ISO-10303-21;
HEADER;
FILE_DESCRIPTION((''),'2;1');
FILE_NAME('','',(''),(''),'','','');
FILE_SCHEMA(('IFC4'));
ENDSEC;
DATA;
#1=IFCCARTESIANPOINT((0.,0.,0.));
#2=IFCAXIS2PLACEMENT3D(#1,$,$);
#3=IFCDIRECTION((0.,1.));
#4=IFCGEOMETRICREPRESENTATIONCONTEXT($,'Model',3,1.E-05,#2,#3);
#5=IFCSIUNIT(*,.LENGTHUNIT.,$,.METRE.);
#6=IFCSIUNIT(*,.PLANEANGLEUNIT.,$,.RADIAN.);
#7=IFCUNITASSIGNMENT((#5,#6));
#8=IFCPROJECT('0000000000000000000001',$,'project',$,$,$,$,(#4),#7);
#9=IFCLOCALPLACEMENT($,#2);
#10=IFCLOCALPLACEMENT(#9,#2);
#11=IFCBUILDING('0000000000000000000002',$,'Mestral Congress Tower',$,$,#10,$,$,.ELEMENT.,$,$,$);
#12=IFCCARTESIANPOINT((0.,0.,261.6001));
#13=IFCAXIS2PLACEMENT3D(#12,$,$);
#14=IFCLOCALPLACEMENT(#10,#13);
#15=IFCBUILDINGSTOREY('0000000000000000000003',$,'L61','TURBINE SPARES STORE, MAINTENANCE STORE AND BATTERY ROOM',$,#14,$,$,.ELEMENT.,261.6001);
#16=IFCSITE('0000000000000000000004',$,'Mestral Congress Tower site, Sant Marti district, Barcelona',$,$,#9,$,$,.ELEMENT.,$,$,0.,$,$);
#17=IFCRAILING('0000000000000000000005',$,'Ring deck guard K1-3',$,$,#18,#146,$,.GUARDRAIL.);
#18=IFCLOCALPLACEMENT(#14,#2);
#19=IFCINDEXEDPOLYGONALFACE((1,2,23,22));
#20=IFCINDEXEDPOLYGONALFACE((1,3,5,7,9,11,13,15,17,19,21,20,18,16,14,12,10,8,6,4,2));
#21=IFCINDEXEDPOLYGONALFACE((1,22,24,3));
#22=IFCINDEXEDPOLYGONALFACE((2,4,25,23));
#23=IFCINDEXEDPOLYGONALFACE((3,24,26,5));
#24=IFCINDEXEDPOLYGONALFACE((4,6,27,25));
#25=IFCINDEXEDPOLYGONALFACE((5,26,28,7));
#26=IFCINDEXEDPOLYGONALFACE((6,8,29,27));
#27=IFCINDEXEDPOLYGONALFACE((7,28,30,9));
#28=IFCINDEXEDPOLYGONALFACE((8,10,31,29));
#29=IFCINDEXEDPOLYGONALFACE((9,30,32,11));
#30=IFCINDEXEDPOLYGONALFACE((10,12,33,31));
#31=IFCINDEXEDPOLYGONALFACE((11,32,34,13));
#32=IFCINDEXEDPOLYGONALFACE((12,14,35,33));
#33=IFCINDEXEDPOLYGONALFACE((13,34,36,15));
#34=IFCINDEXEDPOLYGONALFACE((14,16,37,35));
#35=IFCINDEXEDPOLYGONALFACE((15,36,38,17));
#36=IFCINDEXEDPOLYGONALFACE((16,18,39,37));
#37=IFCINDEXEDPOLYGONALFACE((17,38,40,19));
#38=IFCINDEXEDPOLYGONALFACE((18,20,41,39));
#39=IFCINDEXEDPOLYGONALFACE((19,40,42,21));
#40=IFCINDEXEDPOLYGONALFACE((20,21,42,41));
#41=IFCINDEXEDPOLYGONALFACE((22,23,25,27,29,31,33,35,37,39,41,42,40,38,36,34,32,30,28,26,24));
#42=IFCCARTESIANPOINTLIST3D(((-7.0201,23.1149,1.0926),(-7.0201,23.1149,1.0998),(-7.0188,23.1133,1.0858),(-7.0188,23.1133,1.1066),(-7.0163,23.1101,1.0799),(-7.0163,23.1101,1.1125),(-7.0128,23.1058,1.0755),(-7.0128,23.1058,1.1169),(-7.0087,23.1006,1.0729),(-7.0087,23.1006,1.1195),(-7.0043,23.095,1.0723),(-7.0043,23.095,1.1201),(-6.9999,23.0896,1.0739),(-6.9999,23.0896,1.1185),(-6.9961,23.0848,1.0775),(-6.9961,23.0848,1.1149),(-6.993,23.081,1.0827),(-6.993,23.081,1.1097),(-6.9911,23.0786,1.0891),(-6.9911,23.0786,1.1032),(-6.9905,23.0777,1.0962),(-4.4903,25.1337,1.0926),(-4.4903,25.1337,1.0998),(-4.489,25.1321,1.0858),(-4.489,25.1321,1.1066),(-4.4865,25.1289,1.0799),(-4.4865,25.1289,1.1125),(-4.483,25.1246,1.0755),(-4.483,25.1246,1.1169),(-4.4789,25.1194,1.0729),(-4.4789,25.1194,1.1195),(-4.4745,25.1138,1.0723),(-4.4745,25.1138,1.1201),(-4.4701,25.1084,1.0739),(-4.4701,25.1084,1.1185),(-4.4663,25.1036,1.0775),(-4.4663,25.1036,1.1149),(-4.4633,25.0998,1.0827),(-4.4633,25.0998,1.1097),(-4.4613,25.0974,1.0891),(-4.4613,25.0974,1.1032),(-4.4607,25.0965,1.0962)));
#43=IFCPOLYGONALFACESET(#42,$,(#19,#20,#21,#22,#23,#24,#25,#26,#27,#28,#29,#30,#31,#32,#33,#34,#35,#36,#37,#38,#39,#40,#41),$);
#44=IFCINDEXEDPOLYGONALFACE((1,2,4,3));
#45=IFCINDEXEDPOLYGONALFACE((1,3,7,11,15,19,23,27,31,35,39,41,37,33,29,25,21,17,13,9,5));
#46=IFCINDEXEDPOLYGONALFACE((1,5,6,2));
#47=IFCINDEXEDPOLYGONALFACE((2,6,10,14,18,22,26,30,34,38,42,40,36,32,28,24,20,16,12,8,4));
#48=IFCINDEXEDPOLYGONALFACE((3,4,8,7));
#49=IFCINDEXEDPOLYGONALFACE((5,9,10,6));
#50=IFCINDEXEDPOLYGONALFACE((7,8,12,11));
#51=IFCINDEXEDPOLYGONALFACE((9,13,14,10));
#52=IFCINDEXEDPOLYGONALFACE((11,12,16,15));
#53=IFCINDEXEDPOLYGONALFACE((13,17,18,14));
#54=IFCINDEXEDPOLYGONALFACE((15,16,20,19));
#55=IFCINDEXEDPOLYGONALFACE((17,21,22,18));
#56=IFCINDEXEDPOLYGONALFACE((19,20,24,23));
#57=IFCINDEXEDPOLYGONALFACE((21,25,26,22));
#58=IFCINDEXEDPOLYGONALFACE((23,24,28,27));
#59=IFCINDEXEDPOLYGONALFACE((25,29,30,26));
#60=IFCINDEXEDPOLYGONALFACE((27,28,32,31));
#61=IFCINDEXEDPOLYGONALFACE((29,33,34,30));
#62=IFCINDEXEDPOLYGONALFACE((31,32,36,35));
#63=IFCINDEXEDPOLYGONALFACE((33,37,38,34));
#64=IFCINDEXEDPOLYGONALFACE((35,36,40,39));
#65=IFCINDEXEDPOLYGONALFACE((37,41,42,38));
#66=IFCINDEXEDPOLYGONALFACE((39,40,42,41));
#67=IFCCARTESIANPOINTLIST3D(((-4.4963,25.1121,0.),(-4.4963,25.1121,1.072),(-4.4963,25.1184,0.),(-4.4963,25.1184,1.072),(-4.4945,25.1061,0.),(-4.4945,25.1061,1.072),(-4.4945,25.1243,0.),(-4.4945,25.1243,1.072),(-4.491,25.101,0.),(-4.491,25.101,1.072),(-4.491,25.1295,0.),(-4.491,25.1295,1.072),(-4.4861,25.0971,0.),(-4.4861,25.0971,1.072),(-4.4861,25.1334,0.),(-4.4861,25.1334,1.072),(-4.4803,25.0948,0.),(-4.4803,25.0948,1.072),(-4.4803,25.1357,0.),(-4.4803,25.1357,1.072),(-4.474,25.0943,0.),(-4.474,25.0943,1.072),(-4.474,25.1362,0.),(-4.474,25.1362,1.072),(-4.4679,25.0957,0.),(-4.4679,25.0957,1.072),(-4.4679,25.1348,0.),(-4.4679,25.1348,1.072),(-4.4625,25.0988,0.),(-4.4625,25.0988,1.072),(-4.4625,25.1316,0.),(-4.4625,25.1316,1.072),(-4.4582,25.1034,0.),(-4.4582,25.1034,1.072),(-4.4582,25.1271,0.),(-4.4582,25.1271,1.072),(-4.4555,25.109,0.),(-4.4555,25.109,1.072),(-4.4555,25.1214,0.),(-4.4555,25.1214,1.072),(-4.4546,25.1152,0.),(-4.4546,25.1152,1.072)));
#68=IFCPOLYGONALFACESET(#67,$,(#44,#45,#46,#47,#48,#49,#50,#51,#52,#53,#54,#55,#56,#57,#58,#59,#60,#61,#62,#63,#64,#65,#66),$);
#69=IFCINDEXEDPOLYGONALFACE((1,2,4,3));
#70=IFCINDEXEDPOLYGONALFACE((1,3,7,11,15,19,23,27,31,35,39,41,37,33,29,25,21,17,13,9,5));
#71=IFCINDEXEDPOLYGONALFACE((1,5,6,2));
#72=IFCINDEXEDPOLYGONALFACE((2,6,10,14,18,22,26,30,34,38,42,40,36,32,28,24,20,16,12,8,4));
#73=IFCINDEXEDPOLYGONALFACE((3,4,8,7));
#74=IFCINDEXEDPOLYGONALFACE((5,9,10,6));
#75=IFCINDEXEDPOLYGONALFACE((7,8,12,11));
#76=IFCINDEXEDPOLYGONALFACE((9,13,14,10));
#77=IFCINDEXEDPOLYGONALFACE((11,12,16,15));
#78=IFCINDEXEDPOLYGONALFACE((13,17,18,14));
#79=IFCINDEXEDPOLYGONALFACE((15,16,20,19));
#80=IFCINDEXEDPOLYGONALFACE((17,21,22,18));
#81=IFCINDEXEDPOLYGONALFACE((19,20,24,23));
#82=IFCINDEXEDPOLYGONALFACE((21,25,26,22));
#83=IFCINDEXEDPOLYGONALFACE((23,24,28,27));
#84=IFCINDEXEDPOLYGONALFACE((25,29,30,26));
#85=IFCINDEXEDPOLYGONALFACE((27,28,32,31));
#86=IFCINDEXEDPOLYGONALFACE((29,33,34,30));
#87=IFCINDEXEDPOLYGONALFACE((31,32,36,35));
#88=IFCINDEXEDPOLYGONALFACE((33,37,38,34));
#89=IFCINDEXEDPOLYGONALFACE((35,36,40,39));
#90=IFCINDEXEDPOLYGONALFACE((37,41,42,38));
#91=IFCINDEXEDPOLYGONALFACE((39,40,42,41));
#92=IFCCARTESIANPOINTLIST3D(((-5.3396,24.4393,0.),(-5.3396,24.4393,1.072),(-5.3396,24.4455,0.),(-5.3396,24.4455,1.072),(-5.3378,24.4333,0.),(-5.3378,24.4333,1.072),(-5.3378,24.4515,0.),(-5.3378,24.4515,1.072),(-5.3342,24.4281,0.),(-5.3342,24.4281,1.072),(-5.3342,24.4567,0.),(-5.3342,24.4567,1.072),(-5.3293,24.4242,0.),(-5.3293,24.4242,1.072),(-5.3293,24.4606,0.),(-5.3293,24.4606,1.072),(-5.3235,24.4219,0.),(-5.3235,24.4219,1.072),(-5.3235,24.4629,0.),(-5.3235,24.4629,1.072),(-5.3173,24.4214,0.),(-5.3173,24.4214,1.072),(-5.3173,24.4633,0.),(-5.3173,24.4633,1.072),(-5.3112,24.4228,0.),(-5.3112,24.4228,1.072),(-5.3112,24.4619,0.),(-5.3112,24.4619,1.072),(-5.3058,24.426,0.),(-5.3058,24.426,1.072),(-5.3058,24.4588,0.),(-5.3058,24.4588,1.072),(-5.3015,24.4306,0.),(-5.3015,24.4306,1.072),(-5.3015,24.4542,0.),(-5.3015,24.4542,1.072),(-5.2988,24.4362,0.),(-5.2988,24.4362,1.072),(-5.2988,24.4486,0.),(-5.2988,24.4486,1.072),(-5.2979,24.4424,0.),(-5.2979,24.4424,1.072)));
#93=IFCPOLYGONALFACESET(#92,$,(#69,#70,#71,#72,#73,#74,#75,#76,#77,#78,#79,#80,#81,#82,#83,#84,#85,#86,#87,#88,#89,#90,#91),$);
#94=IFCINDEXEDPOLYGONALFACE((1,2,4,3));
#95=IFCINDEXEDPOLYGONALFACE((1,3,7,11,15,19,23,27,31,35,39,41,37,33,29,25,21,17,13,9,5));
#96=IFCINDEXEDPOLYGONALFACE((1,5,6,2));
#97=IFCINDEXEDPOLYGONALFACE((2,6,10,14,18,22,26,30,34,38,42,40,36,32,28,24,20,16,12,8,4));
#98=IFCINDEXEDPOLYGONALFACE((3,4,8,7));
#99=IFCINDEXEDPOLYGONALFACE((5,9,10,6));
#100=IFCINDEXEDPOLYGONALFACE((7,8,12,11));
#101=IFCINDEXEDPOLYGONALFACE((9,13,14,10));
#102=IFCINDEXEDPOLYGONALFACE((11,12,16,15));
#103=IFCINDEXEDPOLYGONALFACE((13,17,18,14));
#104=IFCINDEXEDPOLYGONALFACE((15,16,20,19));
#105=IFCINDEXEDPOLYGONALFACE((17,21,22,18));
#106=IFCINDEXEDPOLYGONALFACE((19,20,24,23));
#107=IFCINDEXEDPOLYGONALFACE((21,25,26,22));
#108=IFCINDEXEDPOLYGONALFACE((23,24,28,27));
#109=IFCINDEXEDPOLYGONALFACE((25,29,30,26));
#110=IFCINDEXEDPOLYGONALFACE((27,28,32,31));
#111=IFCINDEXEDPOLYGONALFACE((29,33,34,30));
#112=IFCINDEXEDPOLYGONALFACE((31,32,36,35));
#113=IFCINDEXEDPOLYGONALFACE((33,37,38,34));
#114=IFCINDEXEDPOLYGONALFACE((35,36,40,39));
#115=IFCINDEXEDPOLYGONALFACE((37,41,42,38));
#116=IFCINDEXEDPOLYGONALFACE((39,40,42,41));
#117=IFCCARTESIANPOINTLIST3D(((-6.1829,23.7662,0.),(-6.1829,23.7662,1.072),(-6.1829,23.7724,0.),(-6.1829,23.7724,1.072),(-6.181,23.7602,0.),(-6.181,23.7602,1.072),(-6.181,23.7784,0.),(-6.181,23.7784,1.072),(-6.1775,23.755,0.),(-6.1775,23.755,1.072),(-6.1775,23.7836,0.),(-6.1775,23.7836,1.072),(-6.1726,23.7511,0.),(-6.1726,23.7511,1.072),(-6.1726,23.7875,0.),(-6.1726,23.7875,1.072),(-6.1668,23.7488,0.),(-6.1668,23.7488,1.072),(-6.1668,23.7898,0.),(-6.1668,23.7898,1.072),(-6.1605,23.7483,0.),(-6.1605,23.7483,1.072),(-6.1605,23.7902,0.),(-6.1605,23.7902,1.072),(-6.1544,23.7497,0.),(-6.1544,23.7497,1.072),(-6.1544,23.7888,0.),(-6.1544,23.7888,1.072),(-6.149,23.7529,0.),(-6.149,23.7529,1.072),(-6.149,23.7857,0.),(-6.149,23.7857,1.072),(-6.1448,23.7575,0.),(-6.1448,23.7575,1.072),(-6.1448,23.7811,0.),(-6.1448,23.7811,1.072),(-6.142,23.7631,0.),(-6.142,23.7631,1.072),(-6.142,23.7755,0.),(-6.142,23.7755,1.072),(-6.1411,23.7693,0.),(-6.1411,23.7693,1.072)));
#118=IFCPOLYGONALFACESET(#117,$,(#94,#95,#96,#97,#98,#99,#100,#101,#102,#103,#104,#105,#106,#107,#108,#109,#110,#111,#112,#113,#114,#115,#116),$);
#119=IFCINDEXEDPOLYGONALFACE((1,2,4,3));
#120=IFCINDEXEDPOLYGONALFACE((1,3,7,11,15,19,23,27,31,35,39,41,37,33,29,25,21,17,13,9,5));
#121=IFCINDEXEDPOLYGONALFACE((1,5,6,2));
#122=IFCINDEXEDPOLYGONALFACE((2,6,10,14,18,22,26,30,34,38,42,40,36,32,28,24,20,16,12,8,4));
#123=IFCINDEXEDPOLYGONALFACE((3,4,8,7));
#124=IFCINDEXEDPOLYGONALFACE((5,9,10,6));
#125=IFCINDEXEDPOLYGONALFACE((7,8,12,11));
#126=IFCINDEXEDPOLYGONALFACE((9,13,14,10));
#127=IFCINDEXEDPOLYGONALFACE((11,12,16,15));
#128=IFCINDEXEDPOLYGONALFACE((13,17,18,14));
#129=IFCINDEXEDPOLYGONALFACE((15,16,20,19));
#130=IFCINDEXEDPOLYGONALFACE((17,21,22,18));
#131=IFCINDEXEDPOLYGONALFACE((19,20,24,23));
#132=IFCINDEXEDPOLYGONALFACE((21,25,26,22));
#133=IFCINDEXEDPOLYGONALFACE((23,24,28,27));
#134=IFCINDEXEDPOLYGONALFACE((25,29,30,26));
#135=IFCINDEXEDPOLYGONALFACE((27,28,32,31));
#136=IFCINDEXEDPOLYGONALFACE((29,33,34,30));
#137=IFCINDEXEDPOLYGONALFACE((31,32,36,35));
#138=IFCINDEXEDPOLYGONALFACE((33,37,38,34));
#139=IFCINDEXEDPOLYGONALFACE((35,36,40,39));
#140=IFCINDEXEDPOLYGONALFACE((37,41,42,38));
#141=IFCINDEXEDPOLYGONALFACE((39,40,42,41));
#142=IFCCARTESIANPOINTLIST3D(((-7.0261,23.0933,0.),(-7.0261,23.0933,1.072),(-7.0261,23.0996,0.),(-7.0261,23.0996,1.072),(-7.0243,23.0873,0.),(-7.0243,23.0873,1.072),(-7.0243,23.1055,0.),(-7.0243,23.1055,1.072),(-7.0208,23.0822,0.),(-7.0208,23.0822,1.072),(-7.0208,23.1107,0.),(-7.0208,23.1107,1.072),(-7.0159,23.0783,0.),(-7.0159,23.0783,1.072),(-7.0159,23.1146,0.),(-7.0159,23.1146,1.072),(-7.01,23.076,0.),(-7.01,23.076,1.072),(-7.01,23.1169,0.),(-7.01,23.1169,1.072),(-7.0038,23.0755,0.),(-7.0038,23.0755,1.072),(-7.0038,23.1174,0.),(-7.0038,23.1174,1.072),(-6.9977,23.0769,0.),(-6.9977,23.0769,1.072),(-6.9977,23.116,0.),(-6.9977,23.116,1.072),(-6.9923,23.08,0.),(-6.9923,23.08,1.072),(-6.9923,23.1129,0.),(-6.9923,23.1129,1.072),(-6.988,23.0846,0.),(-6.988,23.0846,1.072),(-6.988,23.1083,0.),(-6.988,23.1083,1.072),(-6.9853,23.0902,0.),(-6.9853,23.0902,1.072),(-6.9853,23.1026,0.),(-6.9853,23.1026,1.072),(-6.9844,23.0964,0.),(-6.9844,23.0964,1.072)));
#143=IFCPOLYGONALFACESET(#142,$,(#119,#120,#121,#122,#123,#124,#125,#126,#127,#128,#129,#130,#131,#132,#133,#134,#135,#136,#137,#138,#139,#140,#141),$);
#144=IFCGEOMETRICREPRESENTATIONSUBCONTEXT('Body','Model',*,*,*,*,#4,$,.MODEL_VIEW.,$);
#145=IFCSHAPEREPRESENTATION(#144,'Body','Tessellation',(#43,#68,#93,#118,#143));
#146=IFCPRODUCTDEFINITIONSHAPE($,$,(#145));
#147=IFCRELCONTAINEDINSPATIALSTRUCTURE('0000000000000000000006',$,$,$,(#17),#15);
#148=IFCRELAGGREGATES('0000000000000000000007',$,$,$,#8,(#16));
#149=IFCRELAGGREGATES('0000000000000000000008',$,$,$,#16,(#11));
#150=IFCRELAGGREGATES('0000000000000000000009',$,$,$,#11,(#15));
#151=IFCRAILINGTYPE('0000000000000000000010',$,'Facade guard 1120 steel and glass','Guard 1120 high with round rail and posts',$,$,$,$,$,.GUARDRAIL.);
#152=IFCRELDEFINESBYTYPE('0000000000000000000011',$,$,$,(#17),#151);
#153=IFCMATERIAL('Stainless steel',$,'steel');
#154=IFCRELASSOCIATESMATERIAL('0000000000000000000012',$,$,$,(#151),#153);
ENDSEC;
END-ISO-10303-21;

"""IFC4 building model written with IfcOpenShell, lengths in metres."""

from ifc_helpers import new_model, si_unit, direction, frame, origin, origin_2d, place, context, subcontext, project, spatial, circle, extrude, material, type_object, element, save


model = new_model("IFC4")

# Units and contexts
model_context = context("Model", 3, precision=1e-05, world=origin(), true_north=direction((0.0, 1.0)))
body_context = subcontext(model_context, "Body", "Model", "MODEL_VIEW")
ifc_project = project(units=[si_unit("LENGTHUNIT", "METRE"), si_unit("PLANEANGLEUNIT", "RADIAN")], contexts=[model_context])

# Site, building, storey
site_placement = place(None, origin())
site = spatial("IfcSite", under=ifc_project, at=site_placement, Name="Mestral Congress Tower site, Sant Marti district, Barcelona", CompositionType="ELEMENT", RefElevation=0.0)
building_placement = place(site_placement, origin())
building = spatial("IfcBuilding", under=site, at=building_placement, Name="Mestral Congress Tower", CompositionType="ELEMENT")
storey_placement = place(building_placement, frame((0.0, 0.0, 261.6001)))
storey = spatial("IfcBuildingStorey", under=building, at=storey_placement, Name="L61", Description="TURBINE SPARES STORE, MAINTENANCE STORE AND BATTERY ROOM", CompositionType="ELEMENT", Elevation=261.6001)

# Railing
ifc_material_1 = material(Name="Stainless steel", Category="steel")
railing_type = type_object("IfcRailingType", Name="Facade guard 1120 steel and glass", Description="Guard 1120 high with round rail and posts", PredefinedType="GUARDRAIL", material=ifc_material_1)
railing_1_placement = place(storey_placement, frame((-4.4756, 25.1152, 0.0)))
element("IfcRailing", 1, at=railing_1_placement, inside=storey, type_object=railing_type, Name="Ring deck guard K1-3", PredefinedType="GUARDRAIL", context=body_context, shape_type="SweptSolid", body=[
    extrude(circle(Radius=0.0239, at=origin_2d()), frame((0.0, 0.0, 1.0962), z_axis=(-0.781626, -0.623747, 0.0), x_axis=(0.623747, -0.781626, 0.0)), (0.0, 0.0, 1.0), 3.2366),
    extrude(circle(Radius=0.021, at=origin_2d()), origin(), (0.0, 0.0, 1.0), 1.072),
    extrude(circle(Radius=0.021, at=origin_2d()), frame((-0.8433, -0.6729, 0.0)), (0.0, 0.0, 1.0), 1.072),
    extrude(circle(Radius=0.021, at=origin_2d()), frame((-1.6865, -1.3459, 0.0)), (0.0, 0.0, 1.0), 1.072),
    extrude(circle(Radius=0.021, at=origin_2d()), frame((-2.5298, -2.0188, 0.0)), (0.0, 0.0, 1.0), 1.072),
])

save(model, "model.ifc")
